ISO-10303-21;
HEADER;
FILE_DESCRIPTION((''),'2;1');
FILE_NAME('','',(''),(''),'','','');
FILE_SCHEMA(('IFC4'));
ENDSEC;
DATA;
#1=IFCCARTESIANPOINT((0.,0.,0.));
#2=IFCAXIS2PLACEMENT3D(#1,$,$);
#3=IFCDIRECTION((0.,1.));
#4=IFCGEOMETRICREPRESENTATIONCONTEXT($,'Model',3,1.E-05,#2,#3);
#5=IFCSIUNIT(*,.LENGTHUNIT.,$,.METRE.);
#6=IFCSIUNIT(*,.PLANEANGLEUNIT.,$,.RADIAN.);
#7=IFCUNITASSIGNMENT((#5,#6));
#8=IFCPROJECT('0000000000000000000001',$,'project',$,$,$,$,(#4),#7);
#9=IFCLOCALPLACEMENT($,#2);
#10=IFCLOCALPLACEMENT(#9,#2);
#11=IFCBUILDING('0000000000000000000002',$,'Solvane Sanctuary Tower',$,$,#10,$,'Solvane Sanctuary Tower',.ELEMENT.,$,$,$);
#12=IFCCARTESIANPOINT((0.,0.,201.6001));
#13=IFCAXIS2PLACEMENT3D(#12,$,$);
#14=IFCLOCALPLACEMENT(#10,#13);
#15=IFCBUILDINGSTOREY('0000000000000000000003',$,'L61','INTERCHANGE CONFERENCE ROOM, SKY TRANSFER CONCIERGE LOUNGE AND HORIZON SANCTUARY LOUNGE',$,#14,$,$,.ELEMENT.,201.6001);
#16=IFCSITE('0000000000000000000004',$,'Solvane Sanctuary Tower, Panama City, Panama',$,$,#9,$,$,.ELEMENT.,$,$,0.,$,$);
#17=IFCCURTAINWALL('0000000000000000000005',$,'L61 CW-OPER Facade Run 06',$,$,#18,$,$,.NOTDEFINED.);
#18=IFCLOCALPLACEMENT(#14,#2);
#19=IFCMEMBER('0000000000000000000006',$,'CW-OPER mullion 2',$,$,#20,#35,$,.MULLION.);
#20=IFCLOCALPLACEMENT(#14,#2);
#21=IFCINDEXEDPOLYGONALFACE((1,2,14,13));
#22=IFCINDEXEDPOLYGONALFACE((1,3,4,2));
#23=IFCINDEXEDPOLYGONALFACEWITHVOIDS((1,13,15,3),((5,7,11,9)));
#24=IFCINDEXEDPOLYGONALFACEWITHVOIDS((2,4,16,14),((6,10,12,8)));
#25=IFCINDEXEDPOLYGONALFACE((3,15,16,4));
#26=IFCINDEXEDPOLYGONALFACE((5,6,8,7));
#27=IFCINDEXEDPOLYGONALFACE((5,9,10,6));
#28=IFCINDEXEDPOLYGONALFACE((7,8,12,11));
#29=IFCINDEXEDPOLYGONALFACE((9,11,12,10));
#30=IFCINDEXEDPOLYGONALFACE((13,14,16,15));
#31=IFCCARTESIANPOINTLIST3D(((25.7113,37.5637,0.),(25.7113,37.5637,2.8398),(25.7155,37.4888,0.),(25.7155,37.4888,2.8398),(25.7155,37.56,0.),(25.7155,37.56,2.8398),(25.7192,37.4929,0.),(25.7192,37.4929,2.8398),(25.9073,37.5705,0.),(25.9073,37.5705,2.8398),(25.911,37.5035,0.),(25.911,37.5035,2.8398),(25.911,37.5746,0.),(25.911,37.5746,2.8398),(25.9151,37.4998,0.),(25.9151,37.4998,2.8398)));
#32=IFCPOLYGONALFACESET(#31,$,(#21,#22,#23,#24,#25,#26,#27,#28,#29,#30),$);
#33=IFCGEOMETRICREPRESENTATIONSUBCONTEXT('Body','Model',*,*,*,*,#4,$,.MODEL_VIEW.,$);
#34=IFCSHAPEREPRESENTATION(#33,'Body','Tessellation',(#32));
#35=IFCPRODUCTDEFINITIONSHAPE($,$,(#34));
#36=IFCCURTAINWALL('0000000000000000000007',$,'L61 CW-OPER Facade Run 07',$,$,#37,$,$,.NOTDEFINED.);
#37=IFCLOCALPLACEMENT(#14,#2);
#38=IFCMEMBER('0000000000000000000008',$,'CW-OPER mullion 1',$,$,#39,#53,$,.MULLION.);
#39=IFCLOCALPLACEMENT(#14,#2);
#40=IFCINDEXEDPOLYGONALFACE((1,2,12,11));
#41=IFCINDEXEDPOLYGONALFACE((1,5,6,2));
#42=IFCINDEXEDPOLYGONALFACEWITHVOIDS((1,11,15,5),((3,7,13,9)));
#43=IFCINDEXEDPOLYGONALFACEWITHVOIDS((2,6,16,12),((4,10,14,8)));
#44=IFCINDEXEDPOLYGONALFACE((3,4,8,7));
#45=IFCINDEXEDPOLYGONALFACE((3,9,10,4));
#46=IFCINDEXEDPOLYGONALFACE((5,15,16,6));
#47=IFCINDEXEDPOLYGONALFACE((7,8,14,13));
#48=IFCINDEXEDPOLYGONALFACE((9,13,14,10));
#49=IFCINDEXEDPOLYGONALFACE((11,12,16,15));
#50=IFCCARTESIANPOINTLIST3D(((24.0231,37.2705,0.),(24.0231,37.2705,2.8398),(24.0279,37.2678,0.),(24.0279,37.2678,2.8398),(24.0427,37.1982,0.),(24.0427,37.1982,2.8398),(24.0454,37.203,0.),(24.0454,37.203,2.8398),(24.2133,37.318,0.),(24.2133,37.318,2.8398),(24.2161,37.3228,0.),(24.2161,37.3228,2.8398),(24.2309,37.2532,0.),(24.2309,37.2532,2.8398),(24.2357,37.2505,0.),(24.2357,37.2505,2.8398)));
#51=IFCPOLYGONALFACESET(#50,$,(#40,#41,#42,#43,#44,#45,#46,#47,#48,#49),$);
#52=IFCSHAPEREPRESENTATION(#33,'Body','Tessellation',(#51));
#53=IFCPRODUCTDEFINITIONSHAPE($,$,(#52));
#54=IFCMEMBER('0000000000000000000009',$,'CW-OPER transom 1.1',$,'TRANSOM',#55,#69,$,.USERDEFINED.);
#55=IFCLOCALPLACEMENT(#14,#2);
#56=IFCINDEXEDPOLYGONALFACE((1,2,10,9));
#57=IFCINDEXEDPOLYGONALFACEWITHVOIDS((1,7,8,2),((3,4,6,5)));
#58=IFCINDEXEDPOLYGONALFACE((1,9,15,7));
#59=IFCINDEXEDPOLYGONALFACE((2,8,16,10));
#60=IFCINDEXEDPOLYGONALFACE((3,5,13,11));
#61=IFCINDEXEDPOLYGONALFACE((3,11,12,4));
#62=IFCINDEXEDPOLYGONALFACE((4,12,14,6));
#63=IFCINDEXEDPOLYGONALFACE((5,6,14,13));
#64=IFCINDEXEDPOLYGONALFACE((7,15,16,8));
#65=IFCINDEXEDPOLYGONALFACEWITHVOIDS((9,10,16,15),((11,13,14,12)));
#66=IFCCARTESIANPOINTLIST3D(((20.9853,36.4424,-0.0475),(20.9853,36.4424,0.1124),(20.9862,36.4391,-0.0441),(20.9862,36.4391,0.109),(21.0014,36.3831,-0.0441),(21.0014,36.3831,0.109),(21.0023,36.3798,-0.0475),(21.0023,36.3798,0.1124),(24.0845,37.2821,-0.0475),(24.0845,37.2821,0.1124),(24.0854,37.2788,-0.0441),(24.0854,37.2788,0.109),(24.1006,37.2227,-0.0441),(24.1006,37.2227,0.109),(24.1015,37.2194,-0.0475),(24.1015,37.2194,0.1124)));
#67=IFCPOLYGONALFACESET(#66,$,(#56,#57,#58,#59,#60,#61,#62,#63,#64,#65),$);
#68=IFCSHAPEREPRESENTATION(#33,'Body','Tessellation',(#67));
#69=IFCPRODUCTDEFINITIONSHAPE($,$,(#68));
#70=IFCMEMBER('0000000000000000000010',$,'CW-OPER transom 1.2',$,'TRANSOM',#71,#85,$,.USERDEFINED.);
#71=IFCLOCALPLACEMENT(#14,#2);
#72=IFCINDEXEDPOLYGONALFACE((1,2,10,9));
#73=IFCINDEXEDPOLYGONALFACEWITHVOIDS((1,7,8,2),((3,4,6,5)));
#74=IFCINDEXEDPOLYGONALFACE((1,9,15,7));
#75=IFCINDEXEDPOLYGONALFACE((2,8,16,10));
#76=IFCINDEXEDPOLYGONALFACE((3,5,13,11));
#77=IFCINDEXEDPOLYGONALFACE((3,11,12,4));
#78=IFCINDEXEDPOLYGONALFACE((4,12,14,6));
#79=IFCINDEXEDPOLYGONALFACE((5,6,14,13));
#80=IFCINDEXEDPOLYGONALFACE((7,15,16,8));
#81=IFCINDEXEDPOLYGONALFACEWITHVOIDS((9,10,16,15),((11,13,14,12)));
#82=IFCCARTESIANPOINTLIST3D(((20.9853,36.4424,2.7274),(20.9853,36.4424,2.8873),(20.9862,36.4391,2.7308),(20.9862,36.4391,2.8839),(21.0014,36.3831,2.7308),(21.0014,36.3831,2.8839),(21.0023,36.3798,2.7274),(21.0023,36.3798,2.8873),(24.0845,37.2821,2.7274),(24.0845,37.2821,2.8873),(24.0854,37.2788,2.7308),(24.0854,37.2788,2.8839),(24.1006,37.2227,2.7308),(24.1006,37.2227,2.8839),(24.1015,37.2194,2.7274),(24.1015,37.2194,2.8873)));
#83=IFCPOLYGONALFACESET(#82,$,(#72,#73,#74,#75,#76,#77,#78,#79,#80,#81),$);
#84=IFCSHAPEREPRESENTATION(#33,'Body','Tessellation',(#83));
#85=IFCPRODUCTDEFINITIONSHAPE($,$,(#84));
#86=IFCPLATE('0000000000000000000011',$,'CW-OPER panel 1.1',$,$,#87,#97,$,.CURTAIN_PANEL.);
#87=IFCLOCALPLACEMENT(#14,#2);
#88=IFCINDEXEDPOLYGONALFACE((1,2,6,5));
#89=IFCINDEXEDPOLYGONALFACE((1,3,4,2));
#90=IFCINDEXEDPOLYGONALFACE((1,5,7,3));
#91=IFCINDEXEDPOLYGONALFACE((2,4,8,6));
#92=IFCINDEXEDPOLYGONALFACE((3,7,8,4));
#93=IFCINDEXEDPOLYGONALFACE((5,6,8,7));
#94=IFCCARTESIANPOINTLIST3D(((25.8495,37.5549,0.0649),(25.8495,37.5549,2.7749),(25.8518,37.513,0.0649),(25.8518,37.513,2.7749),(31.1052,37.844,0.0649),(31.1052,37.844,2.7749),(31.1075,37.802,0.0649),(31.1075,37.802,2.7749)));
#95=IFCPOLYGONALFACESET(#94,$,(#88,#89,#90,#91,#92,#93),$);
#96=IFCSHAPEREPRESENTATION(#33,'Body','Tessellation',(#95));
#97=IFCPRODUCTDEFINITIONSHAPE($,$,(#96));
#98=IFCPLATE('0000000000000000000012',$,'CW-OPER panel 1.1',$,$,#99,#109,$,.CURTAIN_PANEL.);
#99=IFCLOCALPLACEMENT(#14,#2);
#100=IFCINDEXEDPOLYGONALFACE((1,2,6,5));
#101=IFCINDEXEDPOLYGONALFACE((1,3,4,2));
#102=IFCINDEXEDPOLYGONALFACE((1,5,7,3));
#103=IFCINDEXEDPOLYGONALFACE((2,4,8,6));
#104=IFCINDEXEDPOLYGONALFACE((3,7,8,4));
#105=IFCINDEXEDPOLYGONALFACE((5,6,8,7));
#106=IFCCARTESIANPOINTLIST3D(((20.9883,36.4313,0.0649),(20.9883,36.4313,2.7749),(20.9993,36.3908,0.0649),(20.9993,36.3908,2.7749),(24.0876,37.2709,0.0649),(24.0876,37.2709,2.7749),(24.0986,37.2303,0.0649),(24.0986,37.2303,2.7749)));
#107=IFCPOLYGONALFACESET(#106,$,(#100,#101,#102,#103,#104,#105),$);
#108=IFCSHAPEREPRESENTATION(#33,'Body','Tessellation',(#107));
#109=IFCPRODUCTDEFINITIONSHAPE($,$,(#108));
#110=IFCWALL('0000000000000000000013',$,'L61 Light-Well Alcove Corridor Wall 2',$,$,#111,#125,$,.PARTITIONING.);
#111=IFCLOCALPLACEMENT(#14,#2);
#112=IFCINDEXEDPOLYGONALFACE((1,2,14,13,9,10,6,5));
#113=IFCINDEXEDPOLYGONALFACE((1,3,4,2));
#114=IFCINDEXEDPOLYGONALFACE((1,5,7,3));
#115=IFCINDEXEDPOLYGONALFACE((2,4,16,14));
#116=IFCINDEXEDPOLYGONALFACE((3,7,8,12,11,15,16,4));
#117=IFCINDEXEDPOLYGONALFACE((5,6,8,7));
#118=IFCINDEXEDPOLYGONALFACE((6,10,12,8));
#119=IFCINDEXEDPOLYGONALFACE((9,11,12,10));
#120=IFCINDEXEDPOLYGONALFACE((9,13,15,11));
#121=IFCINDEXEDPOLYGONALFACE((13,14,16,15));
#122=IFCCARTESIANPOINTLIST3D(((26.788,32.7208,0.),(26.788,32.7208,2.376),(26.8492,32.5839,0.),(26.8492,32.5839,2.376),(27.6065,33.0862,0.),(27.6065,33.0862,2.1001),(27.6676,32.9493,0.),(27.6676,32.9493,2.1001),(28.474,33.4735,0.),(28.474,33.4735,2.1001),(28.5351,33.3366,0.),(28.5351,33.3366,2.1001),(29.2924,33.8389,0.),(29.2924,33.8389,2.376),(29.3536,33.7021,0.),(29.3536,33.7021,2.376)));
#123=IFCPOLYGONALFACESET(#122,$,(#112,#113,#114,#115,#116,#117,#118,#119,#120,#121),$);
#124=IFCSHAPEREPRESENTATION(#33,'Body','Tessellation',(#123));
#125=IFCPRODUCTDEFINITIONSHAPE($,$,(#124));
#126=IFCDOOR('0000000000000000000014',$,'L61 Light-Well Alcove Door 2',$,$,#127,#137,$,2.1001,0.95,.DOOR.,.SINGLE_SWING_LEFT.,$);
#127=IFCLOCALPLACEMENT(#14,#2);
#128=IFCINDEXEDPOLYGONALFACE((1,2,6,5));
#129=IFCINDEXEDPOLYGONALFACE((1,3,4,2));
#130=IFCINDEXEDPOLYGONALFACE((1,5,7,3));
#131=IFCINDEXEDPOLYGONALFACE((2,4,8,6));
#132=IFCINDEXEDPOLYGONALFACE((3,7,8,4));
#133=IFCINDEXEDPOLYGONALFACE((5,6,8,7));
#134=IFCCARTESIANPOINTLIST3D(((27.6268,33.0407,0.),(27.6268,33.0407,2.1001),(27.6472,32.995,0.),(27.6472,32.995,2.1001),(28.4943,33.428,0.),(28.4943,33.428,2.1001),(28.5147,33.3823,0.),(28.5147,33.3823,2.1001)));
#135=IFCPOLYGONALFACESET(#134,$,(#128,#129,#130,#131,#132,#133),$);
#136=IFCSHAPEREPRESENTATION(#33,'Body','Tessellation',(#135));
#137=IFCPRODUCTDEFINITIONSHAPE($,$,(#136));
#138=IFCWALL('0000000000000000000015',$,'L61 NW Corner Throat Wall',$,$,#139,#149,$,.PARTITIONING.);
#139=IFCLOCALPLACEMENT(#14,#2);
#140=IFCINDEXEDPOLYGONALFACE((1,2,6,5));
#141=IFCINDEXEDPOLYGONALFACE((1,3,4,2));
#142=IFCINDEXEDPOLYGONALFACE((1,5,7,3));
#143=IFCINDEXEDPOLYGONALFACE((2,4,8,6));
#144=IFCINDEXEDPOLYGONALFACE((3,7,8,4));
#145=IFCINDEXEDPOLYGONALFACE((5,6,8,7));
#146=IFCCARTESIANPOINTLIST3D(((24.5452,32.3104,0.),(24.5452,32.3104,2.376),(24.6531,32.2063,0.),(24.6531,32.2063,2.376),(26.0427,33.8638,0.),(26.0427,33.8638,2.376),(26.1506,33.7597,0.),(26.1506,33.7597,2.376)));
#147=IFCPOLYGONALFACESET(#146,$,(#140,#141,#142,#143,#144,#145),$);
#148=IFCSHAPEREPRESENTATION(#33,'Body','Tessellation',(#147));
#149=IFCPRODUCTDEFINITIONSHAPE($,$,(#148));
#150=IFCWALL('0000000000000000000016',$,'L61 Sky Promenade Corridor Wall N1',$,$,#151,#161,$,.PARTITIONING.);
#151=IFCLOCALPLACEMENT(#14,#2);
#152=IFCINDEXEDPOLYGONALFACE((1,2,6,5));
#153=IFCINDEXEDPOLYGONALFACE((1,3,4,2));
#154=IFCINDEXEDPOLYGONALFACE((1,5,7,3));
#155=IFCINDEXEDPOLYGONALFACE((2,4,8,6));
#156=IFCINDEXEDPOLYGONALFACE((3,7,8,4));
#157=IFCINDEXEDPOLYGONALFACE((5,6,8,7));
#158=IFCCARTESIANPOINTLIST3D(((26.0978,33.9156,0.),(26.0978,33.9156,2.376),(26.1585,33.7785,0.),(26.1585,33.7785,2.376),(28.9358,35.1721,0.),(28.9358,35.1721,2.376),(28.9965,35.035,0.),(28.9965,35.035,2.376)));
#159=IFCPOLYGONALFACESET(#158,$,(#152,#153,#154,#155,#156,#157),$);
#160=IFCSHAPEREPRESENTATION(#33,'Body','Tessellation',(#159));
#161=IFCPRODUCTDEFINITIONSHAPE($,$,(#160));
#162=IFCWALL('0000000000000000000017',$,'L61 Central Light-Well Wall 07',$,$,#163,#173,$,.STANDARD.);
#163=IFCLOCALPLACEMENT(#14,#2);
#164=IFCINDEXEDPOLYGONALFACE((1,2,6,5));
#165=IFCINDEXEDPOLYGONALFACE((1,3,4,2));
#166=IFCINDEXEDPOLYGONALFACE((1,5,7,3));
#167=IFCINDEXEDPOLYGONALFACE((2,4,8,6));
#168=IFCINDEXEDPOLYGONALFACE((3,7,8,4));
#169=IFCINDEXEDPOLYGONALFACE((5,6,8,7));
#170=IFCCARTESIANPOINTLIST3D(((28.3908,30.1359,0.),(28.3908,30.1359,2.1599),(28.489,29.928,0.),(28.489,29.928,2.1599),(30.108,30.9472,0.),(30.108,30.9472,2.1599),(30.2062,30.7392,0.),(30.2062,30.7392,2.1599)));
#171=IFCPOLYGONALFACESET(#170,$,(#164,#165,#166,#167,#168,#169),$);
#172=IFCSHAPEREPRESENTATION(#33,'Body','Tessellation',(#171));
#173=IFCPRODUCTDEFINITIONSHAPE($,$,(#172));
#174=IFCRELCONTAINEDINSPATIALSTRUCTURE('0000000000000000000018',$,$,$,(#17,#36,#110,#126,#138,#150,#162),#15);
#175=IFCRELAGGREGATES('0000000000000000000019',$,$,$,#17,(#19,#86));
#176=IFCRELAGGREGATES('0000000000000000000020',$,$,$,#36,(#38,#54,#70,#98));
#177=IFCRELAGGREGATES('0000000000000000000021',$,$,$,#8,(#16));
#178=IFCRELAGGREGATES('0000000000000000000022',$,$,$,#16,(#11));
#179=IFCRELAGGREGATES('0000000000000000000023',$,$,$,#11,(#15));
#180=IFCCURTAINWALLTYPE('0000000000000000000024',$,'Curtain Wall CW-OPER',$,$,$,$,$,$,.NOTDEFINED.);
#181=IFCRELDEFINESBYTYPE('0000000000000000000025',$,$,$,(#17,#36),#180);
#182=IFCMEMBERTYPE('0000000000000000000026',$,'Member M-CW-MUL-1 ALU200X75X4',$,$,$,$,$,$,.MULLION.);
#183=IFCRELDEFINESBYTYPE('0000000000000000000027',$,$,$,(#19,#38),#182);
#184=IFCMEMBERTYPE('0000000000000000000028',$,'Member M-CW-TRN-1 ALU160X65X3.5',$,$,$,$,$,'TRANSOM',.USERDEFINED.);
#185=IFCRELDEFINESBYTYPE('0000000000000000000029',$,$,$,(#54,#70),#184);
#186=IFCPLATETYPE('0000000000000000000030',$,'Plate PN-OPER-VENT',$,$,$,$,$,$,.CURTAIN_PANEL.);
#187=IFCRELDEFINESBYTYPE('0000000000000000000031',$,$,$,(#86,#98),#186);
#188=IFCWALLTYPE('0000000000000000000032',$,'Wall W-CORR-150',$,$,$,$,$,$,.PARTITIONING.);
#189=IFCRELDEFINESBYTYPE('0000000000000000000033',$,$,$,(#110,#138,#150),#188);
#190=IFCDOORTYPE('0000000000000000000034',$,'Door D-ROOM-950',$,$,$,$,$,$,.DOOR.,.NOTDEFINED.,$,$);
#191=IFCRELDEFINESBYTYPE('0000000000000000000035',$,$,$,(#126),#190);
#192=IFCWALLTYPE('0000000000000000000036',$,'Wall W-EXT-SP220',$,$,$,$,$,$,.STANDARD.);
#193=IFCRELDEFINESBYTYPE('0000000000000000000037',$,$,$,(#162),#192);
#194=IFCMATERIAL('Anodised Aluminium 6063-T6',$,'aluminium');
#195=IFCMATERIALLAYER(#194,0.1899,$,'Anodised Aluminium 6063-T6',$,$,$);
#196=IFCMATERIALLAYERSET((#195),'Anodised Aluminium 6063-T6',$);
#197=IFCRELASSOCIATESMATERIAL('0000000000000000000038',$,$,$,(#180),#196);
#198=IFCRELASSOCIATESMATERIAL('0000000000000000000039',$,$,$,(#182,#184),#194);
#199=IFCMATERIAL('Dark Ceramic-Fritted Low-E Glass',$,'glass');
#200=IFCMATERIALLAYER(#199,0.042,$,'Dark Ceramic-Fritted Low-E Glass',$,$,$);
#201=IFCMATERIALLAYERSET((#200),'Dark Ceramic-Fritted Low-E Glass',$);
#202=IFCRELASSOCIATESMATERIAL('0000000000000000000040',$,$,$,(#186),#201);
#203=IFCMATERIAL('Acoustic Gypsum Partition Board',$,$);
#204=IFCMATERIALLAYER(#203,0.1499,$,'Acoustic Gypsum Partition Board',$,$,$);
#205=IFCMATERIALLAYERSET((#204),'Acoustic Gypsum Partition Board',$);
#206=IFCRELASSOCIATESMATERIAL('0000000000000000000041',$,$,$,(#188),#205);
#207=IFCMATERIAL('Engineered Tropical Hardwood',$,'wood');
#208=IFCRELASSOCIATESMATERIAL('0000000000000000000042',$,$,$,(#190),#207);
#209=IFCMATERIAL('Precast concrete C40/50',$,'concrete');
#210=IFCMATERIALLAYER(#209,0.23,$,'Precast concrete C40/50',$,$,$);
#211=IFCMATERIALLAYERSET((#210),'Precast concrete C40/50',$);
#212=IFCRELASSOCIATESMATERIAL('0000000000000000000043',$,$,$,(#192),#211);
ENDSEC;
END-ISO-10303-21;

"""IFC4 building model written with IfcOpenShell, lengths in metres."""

from ifc_helpers import new_model, si_unit, direction, frame, frame_2d, origin, origin_2d, place, context, subcontext, project, spatial, rectangle, hollow_rectangle, extrude, material, layer, layer_set, material_profile, profile_set, type_object, element, fill, aggregate, save


model = new_model("IFC4")

# Units and contexts
model_context = context("Model", 3, precision=1e-05, world=origin(), true_north=direction((0.0, 1.0)))
body_context = subcontext(model_context, "Body", "Model", "MODEL_VIEW")
ifc_project = project(units=[si_unit("LENGTHUNIT", "METRE"), si_unit("PLANEANGLEUNIT", "RADIAN")], contexts=[model_context])

# Site, building, storey
site_placement = place(None, origin())
site = spatial("IfcSite", under=ifc_project, at=site_placement, Name="Solvane Sanctuary Tower, Panama City, Panama", CompositionType="ELEMENT", RefElevation=0.0)
building_placement = place(site_placement, origin())
building = spatial("IfcBuilding", under=site, at=building_placement, Name="Solvane Sanctuary Tower", LongName="Solvane Sanctuary Tower", CompositionType="ELEMENT")
storey_placement = place(building_placement, frame((0.0, 0.0, 201.6001)))
storey = spatial("IfcBuildingStorey", under=building, at=storey_placement, Name="L61", Description="INTERCHANGE CONFERENCE ROOM, SKY TRANSFER CONCIERGE LOUNGE AND HORIZON SANCTUARY LOUNGE", CompositionType="ELEMENT", Elevation=201.6001)

# Curtain wall, member
ifc_material_1 = material(Name="Anodised Aluminium 6063-T6", Category="aluminium")
ifc_layer_1 = layer(ifc_material_1, 0.1899, Name="Anodised Aluminium 6063-T6")
ifc_layer_set_1 = layer_set([ifc_layer_1], Name="Anodised Aluminium 6063-T6")
curtain_wall_type = type_object("IfcCurtainWallType", Name="Curtain Wall CW-OPER", PredefinedType="NOTDEFINED", material=ifc_layer_set_1)
curtain_wall_1_placement = place(storey_placement, origin())
curtain_wall_1 = element("IfcCurtainWall", 1, at=curtain_wall_1_placement, inside=storey, type_object=curtain_wall_type, Name="L61 CW-OPER Facade Run 06", PredefinedType="NOTDEFINED")
ifc_material_profile_1 = material_profile(ifc_material_1, hollow_rectangle(XDim=0.075, YDim=0.2, WallThickness=0.0039, at=origin_2d()), Name="ALU200X75X4")
ifc_profile_set_1 = profile_set([ifc_material_profile_1], Name="Anodised Aluminium 6063-T6")
member_type_1 = type_object("IfcMemberType", Name="Member M-CW-MUL-1 ALU200X75X4", PredefinedType="MULLION", material=ifc_profile_set_1)
member_1_placement = place(storey_placement, frame((25.8132, 37.5317, 0.0), z_axis=(0.0, 0.0, 1.0), x_axis=(0.054918, -0.998491, 0.0)))
member_1 = element("IfcMember", 2, at=member_1_placement, type_object=member_type_1, Name="CW-OPER mullion 2", PredefinedType="MULLION", context=body_context, shape_type="SweptSolid", body=[
    extrude(hollow_rectangle(XDim=0.075, YDim=0.2, WallThickness=0.0039, at=origin_2d()), origin(), (0.0, 0.0, 1.0), 2.8398),
])

# Curtain wall, members
curtain_wall_2_placement = place(storey_placement, origin())
curtain_wall_2 = element("IfcCurtainWall", 3, at=curtain_wall_2_placement, inside=storey, type_object=curtain_wall_type, Name="L61 CW-OPER Facade Run 07", PredefinedType="NOTDEFINED")
member_2_placement = place(storey_placement, frame((24.1294, 37.2605, 0.0), z_axis=(0.0, 0.0, 1.0), x_axis=(0.261468, -0.965212, 0.0)))
member_2 = element("IfcMember", 4, at=member_2_placement, type_object=member_type_1, Name="CW-OPER mullion 1", PredefinedType="MULLION", context=body_context, shape_type="SweptSolid", body=[
    extrude(hollow_rectangle(XDim=0.075, YDim=0.2, WallThickness=0.0039, at=origin_2d()), origin(), (0.0, 0.0, 1.0), 2.8398),
])
ifc_material_profile_2 = material_profile(ifc_material_1, hollow_rectangle(XDim=0.0649, YDim=0.1599, WallThickness=0.0034, at=origin_2d()), Name="ALU160X65X3.5")
ifc_profile_set_2 = profile_set([ifc_material_profile_2], Name="Anodised Aluminium 6063-T6")
member_type_2 = type_object("IfcMemberType", Name="Member M-CW-TRN-1 ALU160X65X3.5", ElementType="TRANSOM", PredefinedType="USERDEFINED", material=ifc_profile_set_2)
member_3_placement = place(storey_placement, frame((24.093, 37.2507, 0.0325), z_axis=(-0.965206, -0.261489, 0.0), x_axis=(0.261489, -0.965206, 0.0)))
member_3 = element("IfcMember", 5, at=member_3_placement, type_object=member_type_2, Name="CW-OPER transom 1.1", ObjectType="TRANSOM", PredefinedType="USERDEFINED", context=body_context, shape_type="SweptSolid", body=[
    extrude(hollow_rectangle(XDim=0.0649, YDim=0.1599, WallThickness=0.0034, at=origin_2d()), origin(), (0.0, 0.0, 1.0), 3.2109),
])
member_4_placement = place(storey_placement, frame((24.093, 37.2507, 2.8074), z_axis=(-0.965206, -0.261489, 0.0), x_axis=(0.261489, -0.965206, 0.0)))
member_4 = element("IfcMember", 6, at=member_4_placement, type_object=member_type_2, Name="CW-OPER transom 1.2", ObjectType="TRANSOM", PredefinedType="USERDEFINED", context=body_context, shape_type="SweptSolid", body=[
    extrude(hollow_rectangle(XDim=0.0649, YDim=0.1599, WallThickness=0.0034, at=origin_2d()), origin(), (0.0, 0.0, 1.0), 3.2109),
])

# Plates
ifc_material_2 = material(Name="Dark Ceramic-Fritted Low-E Glass", Category="glass")
ifc_layer_2 = layer(ifc_material_2, 0.042, Name="Dark Ceramic-Fritted Low-E Glass")
ifc_layer_set_2 = layer_set([ifc_layer_2], Name="Dark Ceramic-Fritted Low-E Glass")
plate_type = type_object("IfcPlateType", Name="Plate PN-OPER-VENT", PredefinedType="CURTAIN_PANEL", material=ifc_layer_set_2)
plate_1_placement = place(storey_placement, frame((28.4785, 37.6785, 0.0649), z_axis=(0.0, 0.0, 1.0), x_axis=(-0.998491, -0.054918, 0.0)))
plate_1 = element("IfcPlate", 7, at=plate_1_placement, type_object=plate_type, Name="CW-OPER panel 1.1", PredefinedType="CURTAIN_PANEL", context=body_context, shape_type="SweptSolid", body=[
    extrude(rectangle(XDim=5.2637, YDim=0.042, at=origin_2d()), origin(), (0.0, 0.0, 1.0), 2.71),
])
aggregate(curtain_wall_1, [member_1, plate_1])
plate_2_placement = place(storey_placement, frame((22.5435, 36.8308, 0.0649), z_axis=(0.0, 0.0, 1.0), x_axis=(-0.965212, -0.261468, 0.0)))
plate_2 = element("IfcPlate", 8, at=plate_2_placement, type_object=plate_type, Name="CW-OPER panel 1.1", PredefinedType="CURTAIN_PANEL", context=body_context, shape_type="SweptSolid", body=[
    extrude(rectangle(XDim=3.2109, YDim=0.042, at=origin_2d()), origin(), (0.0, 0.0, 1.0), 2.71),
])
aggregate(curtain_wall_2, [member_2, member_3, member_4, plate_2])

# Wall, opening, door
ifc_material_3 = material(Name="Acoustic Gypsum Partition Board")
ifc_layer_3 = layer(ifc_material_3, 0.1499, Name="Acoustic Gypsum Partition Board")
ifc_layer_set_3 = layer_set([ifc_layer_3], Name="Acoustic Gypsum Partition Board")
wall_type_1 = type_object("IfcWallType", Name="Wall W-CORR-150", PredefinedType="PARTITIONING", material=ifc_layer_set_3)
wall_1_placement = place(storey_placement, frame((29.323, 33.7705, 0.0), z_axis=(0.0, 0.0, 1.0), x_axis=(-0.91312, -0.407691, 0.0)))
wall_1 = element("IfcWall", 9, at=wall_1_placement, inside=storey, type_object=wall_type_1, Name="L61 Light-Well Alcove Corridor Wall 2", PredefinedType="PARTITIONING", context=body_context, shape_type="SweptSolid", body=[
    extrude(rectangle(XDim=2.7427, YDim=0.1499, at=frame_2d((1.3713, 0.0))), origin(), (0.0, 0.0, 1.0), 2.376),
])
opening_placement = place(wall_1_placement, frame((0.8962, 0.0, 0.0)))
opening = element("IfcOpeningElement", 10, at=opening_placement, cuts=wall_1, PredefinedType="OPENING", context=body_context, shape_type="SweptSolid", body=[
    extrude(rectangle(XDim=0.95, YDim=2.1001, at=frame_2d((0.4751, 1.05))), frame((0.0, 0.085, 0.0), z_axis=(0.0, -1.0, 0.0), x_axis=(1.0, 0.0, 0.0)), (0.0, 0.0, 1.0), 0.1699),
])
ifc_material_4 = material(Name="Engineered Tropical Hardwood", Category="wood")
door_type = type_object("IfcDoorType", Name="Door D-ROOM-950", OperationType="NOTDEFINED", PredefinedType="DOOR", material=ifc_material_4)
door_placement = place(opening_placement, origin())
door = element("IfcDoor", 11, at=door_placement, inside=storey, type_object=door_type, Name="L61 Light-Well Alcove Door 2", OperationType="SINGLE_SWING_LEFT", OverallHeight=2.1001, OverallWidth=0.95, PredefinedType="DOOR", context=body_context, shape_type="SweptSolid", body=[
    extrude(rectangle(XDim=0.95, YDim=2.1001, at=frame_2d((0.4751, 1.05))), frame((0.0, 0.0249, 0.0), z_axis=(0.0, -1.0, 0.0), x_axis=(1.0, 0.0, 0.0)), (0.0, 0.0, 1.0), 0.05),
])
fill(opening, door)

# Walls
wall_2_placement = place(storey_placement, frame((26.0967, 33.8118, 0.0), z_axis=(0.0, 0.0, 1.0), x_axis=(-0.694033, -0.719943, 0.0)))
element("IfcWall", 12, at=wall_2_placement, inside=storey, type_object=wall_type_1, Name="L61 NW Corner Throat Wall", PredefinedType="PARTITIONING", context=body_context, shape_type="SweptSolid", body=[
    extrude(rectangle(XDim=2.1577, YDim=0.1499, at=frame_2d((1.0789, 0.0))), origin(), (0.0, 0.0, 1.0), 2.376),
])
wall_3_placement = place(storey_placement, frame((28.9661, 35.1035, 0.0), z_axis=(0.0, 0.0, 1.0), x_axis=(-0.914385, -0.404846, 0.0)))
element("IfcWall", 13, at=wall_3_placement, inside=storey, type_object=wall_type_1, Name="L61 Sky Promenade Corridor Wall N1", PredefinedType="PARTITIONING", context=body_context, shape_type="SweptSolid", body=[
    extrude(rectangle(XDim=3.1038, YDim=0.1499, at=frame_2d((1.5518, 0.0))), origin(), (0.0, 0.0, 1.0), 2.376),
])
ifc_material_5 = material(Name="Precast concrete C40/50", Category="concrete")
ifc_layer_4 = layer(ifc_material_5, 0.23, Name="Precast concrete C40/50")
ifc_layer_set_4 = layer_set([ifc_layer_4], Name="Precast concrete C40/50")
wall_type_2 = type_object("IfcWallType", Name="Wall W-EXT-SP220", PredefinedType="STANDARD", material=ifc_layer_set_4)
wall_4_placement = place(storey_placement, frame((30.1572, 30.8433, 0.0), z_axis=(0.0, 0.0, 1.0), x_axis=(-0.90418, -0.427152, 0.0)))
element("IfcWall", 14, at=wall_4_placement, inside=storey, type_object=wall_type_2, Name="L61 Central Light-Well Wall 07", PredefinedType="STANDARD", context=body_context, shape_type="SweptSolid", body=[
    extrude(rectangle(XDim=1.8992, YDim=0.23, at=frame_2d((0.9497, 0.0))), origin(), (0.0, 0.0, 1.0), 2.1599),
])

save(model, "model.ifc")
